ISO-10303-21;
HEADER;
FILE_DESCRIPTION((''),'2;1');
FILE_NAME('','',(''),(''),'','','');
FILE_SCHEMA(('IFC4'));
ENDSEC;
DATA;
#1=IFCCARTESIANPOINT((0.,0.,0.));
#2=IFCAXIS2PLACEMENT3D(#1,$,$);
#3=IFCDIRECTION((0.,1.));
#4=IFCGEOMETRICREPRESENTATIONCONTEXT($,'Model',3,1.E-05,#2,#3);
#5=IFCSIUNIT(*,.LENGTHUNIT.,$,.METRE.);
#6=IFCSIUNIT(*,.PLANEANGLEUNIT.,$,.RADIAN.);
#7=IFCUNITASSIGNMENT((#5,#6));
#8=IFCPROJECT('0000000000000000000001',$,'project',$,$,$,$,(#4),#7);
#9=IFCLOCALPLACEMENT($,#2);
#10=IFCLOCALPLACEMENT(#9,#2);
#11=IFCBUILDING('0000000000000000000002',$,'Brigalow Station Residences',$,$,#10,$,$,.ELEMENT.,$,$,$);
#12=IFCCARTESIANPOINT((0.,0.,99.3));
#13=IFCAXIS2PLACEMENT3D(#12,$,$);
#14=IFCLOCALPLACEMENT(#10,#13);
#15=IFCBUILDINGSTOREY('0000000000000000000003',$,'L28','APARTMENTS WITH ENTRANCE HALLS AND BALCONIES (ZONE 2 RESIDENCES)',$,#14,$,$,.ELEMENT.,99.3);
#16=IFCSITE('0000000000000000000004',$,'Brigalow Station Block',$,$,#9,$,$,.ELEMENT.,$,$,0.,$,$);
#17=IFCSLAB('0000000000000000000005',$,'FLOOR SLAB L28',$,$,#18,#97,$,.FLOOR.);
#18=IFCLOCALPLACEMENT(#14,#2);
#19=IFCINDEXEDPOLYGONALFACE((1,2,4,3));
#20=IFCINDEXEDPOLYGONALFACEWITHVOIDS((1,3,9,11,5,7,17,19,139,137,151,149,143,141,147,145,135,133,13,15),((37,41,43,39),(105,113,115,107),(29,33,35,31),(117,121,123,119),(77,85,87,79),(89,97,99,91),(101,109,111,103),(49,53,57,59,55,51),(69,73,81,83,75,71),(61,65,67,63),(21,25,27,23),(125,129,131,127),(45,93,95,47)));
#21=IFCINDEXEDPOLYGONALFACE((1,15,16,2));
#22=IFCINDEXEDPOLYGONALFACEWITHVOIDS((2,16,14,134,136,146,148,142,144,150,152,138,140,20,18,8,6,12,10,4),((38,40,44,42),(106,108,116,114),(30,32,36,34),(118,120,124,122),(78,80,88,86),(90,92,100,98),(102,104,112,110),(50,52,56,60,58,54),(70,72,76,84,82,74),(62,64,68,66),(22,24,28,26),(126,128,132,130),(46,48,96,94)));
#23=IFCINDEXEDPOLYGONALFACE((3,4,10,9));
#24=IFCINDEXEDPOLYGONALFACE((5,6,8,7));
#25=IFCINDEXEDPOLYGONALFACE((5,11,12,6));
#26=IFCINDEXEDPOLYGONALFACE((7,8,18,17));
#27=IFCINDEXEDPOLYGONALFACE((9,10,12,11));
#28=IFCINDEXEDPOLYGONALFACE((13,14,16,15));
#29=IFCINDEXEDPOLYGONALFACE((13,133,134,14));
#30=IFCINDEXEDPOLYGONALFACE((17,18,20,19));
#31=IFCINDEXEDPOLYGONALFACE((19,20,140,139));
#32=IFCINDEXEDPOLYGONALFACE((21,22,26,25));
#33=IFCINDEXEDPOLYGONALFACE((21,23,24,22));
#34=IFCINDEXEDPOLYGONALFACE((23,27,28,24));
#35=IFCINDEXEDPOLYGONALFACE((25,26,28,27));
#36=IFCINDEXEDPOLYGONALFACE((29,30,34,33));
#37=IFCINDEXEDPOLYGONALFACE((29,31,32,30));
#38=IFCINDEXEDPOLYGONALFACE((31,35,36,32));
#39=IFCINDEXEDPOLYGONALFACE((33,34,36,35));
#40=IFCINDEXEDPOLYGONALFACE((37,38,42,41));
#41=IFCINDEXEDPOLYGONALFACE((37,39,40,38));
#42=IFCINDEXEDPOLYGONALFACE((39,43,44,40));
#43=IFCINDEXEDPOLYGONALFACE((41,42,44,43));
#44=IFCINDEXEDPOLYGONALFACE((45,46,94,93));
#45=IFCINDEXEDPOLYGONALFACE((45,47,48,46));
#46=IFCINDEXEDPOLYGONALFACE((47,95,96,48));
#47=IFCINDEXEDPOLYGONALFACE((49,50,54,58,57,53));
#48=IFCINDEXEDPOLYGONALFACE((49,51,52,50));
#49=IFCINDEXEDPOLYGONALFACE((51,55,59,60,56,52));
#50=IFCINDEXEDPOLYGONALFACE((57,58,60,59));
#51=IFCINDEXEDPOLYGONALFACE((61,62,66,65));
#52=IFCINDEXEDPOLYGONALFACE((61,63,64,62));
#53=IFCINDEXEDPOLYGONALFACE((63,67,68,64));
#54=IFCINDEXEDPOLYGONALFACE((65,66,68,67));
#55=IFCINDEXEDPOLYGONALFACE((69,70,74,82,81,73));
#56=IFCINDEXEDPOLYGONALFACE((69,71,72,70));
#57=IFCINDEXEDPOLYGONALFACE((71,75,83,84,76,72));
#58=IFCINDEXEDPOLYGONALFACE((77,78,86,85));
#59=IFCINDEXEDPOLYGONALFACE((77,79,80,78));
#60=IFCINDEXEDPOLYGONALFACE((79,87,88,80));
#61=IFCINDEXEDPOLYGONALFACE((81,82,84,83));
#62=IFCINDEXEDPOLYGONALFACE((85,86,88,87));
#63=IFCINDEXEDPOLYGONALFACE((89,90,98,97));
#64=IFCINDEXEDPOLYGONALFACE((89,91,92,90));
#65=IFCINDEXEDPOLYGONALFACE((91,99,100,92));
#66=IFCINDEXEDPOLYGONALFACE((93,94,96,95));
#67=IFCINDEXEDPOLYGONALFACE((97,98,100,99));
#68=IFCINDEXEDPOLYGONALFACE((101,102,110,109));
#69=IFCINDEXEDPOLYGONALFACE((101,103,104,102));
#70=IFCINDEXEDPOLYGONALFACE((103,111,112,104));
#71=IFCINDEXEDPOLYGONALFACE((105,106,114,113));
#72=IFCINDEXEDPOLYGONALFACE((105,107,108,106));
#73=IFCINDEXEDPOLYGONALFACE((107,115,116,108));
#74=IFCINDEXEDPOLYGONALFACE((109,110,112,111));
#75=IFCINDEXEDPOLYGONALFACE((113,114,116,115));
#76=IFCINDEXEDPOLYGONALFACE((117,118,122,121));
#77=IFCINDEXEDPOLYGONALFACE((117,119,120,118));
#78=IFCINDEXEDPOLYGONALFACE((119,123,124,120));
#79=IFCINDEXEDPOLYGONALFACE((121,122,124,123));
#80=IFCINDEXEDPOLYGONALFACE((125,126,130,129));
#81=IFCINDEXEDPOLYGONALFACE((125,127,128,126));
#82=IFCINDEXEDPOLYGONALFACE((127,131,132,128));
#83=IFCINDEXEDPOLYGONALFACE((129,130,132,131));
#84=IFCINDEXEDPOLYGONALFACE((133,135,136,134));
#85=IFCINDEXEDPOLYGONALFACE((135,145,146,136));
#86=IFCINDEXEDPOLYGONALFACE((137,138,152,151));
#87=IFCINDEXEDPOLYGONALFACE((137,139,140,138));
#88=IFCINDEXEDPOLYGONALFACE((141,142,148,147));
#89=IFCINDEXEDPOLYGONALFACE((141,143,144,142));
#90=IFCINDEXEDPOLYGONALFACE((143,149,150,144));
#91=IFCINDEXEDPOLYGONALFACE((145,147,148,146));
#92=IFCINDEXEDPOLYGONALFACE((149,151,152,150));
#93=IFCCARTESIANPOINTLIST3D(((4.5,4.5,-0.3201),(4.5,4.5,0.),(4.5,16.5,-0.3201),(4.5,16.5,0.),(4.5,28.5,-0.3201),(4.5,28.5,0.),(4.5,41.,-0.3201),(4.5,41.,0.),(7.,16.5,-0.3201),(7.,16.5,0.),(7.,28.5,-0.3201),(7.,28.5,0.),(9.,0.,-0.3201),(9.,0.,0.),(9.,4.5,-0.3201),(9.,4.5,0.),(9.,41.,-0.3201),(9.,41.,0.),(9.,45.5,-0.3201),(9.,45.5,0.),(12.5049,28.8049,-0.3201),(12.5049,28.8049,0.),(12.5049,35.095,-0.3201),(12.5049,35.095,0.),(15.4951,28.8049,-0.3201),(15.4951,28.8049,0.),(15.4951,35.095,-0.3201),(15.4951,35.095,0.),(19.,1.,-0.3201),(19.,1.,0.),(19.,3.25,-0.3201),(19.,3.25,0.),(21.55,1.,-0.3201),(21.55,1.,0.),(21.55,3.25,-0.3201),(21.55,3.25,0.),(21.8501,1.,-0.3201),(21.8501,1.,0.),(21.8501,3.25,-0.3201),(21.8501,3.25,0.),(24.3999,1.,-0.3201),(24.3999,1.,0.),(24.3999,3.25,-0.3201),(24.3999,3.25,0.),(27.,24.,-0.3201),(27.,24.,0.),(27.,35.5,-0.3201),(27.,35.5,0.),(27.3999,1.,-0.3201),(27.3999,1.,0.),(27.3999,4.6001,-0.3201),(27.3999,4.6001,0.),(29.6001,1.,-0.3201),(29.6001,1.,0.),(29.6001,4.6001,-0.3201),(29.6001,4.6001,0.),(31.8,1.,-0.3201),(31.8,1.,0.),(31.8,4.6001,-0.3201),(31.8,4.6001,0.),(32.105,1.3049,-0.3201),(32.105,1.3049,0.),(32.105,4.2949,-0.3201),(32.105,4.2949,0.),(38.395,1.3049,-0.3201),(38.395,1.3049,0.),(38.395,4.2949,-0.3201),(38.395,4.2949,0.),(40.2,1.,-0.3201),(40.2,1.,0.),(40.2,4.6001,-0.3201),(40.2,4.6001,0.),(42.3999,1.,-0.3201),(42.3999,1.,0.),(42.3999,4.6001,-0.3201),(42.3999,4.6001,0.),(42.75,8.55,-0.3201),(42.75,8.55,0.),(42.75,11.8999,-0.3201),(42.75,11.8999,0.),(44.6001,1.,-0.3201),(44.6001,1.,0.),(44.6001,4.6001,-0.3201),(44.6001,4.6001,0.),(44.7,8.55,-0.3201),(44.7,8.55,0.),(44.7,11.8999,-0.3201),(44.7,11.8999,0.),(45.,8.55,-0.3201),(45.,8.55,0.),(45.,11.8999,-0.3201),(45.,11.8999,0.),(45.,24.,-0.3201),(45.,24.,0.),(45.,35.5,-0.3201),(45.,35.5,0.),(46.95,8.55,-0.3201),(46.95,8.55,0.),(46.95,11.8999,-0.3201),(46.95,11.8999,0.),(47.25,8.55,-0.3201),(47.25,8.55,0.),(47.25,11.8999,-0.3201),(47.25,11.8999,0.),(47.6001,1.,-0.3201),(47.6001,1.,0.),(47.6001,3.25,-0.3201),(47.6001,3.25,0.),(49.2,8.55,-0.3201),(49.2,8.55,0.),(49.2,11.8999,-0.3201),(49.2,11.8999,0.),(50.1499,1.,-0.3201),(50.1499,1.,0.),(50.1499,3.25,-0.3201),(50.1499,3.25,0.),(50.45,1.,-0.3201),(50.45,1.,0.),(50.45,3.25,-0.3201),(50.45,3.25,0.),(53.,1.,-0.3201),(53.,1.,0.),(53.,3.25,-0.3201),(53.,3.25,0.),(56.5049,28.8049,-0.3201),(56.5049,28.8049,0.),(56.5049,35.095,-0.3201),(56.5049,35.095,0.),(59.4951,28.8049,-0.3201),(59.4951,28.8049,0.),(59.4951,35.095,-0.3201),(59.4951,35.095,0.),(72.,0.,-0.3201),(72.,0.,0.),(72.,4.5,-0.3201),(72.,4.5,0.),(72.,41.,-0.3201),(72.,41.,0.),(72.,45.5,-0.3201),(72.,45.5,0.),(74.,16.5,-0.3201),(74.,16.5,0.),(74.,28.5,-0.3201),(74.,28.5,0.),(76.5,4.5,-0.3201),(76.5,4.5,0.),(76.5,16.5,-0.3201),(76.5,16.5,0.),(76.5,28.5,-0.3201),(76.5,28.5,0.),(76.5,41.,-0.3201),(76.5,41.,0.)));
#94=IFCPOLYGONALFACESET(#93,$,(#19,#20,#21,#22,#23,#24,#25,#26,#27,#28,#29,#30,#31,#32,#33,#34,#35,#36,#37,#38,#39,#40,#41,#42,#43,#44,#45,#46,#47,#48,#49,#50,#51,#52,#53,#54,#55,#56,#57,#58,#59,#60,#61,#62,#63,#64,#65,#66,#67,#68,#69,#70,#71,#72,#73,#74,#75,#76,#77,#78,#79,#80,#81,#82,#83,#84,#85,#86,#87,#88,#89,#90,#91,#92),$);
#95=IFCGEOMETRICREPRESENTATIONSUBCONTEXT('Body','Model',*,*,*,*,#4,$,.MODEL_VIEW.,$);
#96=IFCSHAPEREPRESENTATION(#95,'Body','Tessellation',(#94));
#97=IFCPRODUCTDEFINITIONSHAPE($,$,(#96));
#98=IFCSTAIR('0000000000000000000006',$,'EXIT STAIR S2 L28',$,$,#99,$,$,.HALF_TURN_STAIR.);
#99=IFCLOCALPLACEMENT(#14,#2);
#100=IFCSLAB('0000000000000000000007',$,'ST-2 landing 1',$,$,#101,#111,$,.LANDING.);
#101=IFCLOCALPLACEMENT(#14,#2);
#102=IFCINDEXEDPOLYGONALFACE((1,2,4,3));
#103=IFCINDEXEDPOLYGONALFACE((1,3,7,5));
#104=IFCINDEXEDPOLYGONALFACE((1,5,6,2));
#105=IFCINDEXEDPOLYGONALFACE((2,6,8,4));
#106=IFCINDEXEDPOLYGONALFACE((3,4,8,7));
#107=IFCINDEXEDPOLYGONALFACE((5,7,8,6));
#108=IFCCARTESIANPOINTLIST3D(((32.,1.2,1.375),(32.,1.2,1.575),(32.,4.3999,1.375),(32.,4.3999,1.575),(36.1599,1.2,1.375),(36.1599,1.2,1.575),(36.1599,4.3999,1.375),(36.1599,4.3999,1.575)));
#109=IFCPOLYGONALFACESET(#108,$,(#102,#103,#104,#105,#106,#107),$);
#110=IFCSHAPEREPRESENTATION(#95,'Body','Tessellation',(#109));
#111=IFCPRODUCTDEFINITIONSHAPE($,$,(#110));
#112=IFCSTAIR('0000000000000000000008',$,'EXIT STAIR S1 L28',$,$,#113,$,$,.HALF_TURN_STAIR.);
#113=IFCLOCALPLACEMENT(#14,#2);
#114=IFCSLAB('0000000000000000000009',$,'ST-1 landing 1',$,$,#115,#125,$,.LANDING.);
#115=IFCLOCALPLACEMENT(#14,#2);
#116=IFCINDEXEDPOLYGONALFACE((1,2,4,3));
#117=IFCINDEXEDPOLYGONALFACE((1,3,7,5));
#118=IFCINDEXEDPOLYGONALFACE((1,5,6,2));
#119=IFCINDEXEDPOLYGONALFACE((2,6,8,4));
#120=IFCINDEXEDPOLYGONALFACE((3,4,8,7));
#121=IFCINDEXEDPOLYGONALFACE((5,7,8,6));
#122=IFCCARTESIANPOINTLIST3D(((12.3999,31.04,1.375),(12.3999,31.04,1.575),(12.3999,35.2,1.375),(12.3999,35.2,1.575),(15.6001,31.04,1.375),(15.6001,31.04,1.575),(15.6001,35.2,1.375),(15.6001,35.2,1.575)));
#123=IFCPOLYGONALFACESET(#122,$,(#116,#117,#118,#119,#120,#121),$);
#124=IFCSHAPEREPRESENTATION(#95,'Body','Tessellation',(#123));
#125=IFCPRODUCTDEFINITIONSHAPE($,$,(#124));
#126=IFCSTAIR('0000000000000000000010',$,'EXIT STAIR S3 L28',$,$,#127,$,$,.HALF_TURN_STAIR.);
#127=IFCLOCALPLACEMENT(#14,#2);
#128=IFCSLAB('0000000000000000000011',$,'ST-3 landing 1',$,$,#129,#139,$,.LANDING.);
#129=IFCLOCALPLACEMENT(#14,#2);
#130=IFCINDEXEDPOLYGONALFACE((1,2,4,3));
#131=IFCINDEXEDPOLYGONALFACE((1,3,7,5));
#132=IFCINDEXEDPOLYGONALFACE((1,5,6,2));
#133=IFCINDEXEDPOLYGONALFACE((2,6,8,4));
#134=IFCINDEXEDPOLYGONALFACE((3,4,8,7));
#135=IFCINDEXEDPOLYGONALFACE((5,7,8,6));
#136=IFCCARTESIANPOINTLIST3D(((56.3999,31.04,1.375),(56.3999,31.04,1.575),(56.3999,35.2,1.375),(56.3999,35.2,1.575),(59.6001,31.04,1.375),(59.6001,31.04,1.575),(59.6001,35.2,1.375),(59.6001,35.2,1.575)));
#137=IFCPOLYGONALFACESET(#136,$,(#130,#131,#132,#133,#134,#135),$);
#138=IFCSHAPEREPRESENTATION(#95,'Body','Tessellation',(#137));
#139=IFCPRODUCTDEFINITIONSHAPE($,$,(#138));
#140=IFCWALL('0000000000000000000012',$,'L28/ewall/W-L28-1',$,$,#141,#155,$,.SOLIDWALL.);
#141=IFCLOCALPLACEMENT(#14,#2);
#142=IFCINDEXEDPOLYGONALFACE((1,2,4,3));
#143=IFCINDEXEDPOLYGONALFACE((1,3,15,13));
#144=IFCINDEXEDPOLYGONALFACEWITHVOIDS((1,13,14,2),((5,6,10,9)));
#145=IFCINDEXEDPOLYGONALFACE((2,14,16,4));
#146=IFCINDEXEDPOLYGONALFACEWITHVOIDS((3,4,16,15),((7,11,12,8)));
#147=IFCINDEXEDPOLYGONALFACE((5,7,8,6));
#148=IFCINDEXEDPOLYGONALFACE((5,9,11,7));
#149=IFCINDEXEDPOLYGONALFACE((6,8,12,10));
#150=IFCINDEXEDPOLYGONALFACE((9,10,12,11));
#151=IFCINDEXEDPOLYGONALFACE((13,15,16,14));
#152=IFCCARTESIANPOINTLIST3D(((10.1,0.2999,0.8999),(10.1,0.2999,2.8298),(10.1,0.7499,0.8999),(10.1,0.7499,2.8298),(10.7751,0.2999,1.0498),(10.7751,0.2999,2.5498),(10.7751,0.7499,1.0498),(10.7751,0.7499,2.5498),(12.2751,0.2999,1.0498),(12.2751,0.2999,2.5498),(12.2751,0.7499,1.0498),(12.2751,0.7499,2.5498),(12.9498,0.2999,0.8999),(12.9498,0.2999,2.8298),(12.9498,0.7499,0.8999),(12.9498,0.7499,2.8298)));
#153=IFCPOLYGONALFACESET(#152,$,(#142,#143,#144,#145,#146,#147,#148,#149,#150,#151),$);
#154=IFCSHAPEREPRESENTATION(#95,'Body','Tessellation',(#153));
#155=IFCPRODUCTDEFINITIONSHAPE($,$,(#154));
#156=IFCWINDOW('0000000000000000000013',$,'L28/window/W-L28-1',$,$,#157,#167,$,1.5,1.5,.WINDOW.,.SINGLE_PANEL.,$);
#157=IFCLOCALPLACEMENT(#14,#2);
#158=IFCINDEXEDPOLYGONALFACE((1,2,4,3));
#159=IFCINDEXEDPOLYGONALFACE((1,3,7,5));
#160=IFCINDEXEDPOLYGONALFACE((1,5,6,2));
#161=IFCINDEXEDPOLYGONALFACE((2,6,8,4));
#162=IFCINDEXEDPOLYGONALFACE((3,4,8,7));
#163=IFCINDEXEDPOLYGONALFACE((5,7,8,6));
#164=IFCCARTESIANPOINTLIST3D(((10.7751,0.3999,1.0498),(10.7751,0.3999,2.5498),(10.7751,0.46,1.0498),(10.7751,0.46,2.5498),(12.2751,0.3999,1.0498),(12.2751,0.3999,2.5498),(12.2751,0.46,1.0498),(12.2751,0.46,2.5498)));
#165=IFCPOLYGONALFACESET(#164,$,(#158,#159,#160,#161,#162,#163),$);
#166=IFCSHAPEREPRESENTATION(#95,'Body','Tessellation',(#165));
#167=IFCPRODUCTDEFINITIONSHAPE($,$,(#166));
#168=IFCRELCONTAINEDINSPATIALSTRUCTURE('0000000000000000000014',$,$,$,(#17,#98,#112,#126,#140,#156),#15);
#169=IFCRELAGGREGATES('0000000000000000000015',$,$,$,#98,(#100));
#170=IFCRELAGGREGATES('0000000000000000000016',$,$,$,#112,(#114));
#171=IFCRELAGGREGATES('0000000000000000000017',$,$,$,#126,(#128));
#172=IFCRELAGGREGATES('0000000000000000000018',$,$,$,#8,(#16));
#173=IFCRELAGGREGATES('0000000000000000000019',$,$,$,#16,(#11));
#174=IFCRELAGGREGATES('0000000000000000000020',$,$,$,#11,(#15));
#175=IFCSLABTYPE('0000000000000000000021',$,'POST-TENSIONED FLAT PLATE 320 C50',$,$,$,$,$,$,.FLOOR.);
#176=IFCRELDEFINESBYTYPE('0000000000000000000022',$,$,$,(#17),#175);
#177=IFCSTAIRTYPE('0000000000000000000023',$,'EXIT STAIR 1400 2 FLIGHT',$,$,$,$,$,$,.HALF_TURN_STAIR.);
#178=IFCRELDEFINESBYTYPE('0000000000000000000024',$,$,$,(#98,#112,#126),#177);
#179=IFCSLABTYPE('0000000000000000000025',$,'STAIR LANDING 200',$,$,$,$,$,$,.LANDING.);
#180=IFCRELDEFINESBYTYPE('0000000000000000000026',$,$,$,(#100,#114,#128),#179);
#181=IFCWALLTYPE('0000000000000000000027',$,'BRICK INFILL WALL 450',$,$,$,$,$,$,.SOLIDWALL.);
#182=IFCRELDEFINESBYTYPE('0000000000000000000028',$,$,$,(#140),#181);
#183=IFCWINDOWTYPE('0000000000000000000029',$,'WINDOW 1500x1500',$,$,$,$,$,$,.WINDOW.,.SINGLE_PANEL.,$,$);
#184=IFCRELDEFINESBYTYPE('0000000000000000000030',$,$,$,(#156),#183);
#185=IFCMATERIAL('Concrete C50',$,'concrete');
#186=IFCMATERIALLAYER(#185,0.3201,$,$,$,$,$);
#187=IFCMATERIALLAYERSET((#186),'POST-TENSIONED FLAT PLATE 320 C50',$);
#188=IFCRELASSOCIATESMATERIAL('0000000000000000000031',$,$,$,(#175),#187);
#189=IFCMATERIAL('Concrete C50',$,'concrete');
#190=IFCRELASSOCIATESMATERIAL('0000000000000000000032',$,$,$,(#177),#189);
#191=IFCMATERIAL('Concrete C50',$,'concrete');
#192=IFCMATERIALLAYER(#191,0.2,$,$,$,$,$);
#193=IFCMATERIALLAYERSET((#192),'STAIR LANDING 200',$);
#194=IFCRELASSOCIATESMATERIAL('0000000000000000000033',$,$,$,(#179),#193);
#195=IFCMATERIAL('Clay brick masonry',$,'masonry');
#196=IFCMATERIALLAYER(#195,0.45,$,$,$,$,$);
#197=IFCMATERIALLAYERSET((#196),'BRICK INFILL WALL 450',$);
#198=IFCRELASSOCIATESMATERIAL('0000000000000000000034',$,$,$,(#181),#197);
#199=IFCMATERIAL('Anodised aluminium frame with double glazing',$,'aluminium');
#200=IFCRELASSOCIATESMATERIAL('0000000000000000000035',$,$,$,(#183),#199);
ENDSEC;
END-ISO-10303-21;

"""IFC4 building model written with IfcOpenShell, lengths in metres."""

from ifc_helpers import new_model, si_unit, direction, frame, frame_2d, origin, place, context, subcontext, project, spatial, polyline, rectangle, outline, extrude, material, layer, layer_set, type_object, element, fill, aggregate, save


model = new_model("IFC4")

# Units and contexts
model_context = context("Model", 3, precision=1e-05, world=origin(), true_north=direction((0.0, 1.0)))
body_context = subcontext(model_context, "Body", "Model", "MODEL_VIEW")
ifc_project = project(units=[si_unit("LENGTHUNIT", "METRE"), si_unit("PLANEANGLEUNIT", "RADIAN")], contexts=[model_context])

# Site, building, storey
site_placement = place(None, origin())
site = spatial("IfcSite", under=ifc_project, at=site_placement, Name="Brigalow Station Block", CompositionType="ELEMENT", RefElevation=0.0)
building_placement = place(site_placement, origin())
building = spatial("IfcBuilding", under=site, at=building_placement, Name="Brigalow Station Residences", CompositionType="ELEMENT")
storey_placement = place(building_placement, frame((0.0, 0.0, 99.3)))
storey = spatial("IfcBuildingStorey", under=building, at=storey_placement, Name="L28", Description="APARTMENTS WITH ENTRANCE HALLS AND BALCONIES (ZONE 2 RESIDENCES)", CompositionType="ELEMENT", Elevation=99.3)

# Slab
ifc_material_1 = material(Name="Concrete C50", Category="concrete")
ifc_layer_1 = layer(ifc_material_1, 0.3201)
ifc_layer_set_1 = layer_set([ifc_layer_1], Name="POST-TENSIONED FLAT PLATE 320 C50")
slab_type_1 = type_object("IfcSlabType", Name="POST-TENSIONED FLAT PLATE 320 C50", PredefinedType="FLOOR", material=ifc_layer_set_1)
slab_1_placement = place(storey_placement, frame((0.0, 0.0, -0.3201)))
element("IfcSlab", 1, at=slab_1_placement, inside=storey, type_object=slab_type_1, Name="FLOOR SLAB L28", PredefinedType="FLOOR", context=body_context, shape_type="SweptSolid", body=[
    extrude(outline(polyline([(9.0, 0.0), (72.0, 0.0), (72.0, 4.5), (76.5, 4.5), (76.5, 16.5), (74.0, 16.5), (74.0, 28.5), (76.5, 28.5), (76.5, 41.0), (72.0, 41.0), (72.0, 45.5), (9.0, 45.5), (9.0, 41.0), (4.5, 41.0), (4.5, 28.5), (7.0, 28.5), (7.0, 16.5), (4.5, 16.5), (4.5, 4.5), (9.0, 4.5), (9.0, 0.0)]), holes=[polyline([(12.5049, 35.095), (15.4951, 35.095), (15.4951, 28.8049), (12.5049, 28.8049), (12.5049, 35.095)]), polyline([(19.0, 1.0), (19.0, 3.25), (21.55, 3.25), (21.55, 1.0), (19.0, 1.0)]), polyline([(21.8501, 3.25), (24.3999, 3.25), (24.3999, 1.0), (21.8501, 1.0), (21.8501, 3.25)]), polyline([(27.0, 35.5), (45.0, 35.5), (45.0, 24.0), (27.0, 24.0), (27.0, 35.5)]), polyline([(29.6001, 4.6001), (31.8, 4.6001), (31.8, 1.0), (29.6001, 1.0), (27.3999, 1.0), (27.3999, 4.6001), (29.6001, 4.6001)]), polyline([(32.105, 4.2949), (38.395, 4.2949), (38.395, 1.3049), (32.105, 1.3049), (32.105, 4.2949)]), polyline([(40.2, 4.6001), (42.3999, 4.6001), (44.6001, 4.6001), (44.6001, 1.0), (42.3999, 1.0), (40.2, 1.0), (40.2, 4.6001)]), polyline([(42.75, 11.8999), (44.7, 11.8999), (44.7, 8.55), (42.75, 8.55), (42.75, 11.8999)]), polyline([(45.0, 11.8999), (46.95, 11.8999), (46.95, 8.55), (45.0, 8.55), (45.0, 11.8999)]), polyline([(47.25, 11.8999), (49.2, 11.8999), (49.2, 8.55), (47.25, 8.55), (47.25, 11.8999)]), polyline([(47.6001, 3.25), (50.1499, 3.25), (50.1499, 1.0), (47.6001, 1.0), (47.6001, 3.25)]), polyline([(50.45, 3.25), (53.0, 3.25), (53.0, 1.0), (50.45, 1.0), (50.45, 3.25)]), polyline([(56.5049, 35.095), (59.4951, 35.095), (59.4951, 28.8049), (56.5049, 28.8049), (56.5049, 35.095)])]), origin(), (0.0, 0.0, 1.0), 0.3201),
])

# Stairs, slabs
ifc_material_2 = material(Name="Concrete C50", Category="concrete")
stair_type = type_object("IfcStairType", Name="EXIT STAIR 1400 2 FLIGHT", PredefinedType="HALF_TURN_STAIR", material=ifc_material_2)
stair_1_placement = place(storey_placement, origin())
stair_1 = element("IfcStair", 2, at=stair_1_placement, inside=storey, type_object=stair_type, Name="EXIT STAIR S2 L28", PredefinedType="HALF_TURN_STAIR")
ifc_material_3 = material(Name="Concrete C50", Category="concrete")
ifc_layer_2 = layer(ifc_material_3, 0.2)
ifc_layer_set_2 = layer_set([ifc_layer_2], Name="STAIR LANDING 200")
slab_type_2 = type_object("IfcSlabType", Name="STAIR LANDING 200", PredefinedType="LANDING", material=ifc_layer_set_2)
slab_2_placement = place(storey_placement, frame((0.0, 0.0, 1.375)))
slab_2 = element("IfcSlab", 3, at=slab_2_placement, type_object=slab_type_2, Name="ST-2 landing 1", PredefinedType="LANDING", context=body_context, shape_type="SweptSolid", body=[
    extrude(outline(polyline([(32.0, 1.2), (36.1599, 1.2), (36.1599, 4.3999), (32.0, 4.3999), (32.0, 1.2)])), origin(), (0.0, 0.0, 1.0), 0.2),
])
aggregate(stair_1, [slab_2])
stair_2_placement = place(storey_placement, origin())
stair_2 = element("IfcStair", 4, at=stair_2_placement, inside=storey, type_object=stair_type, Name="EXIT STAIR S1 L28", PredefinedType="HALF_TURN_STAIR")
slab_3_placement = place(storey_placement, frame((0.0, 0.0, 1.375)))
slab_3 = element("IfcSlab", 5, at=slab_3_placement, type_object=slab_type_2, Name="ST-1 landing 1", PredefinedType="LANDING", context=body_context, shape_type="SweptSolid", body=[
    extrude(outline(polyline([(12.3999, 31.04), (15.6001, 31.04), (15.6001, 35.2), (12.3999, 35.2), (12.3999, 31.04)])), origin(), (0.0, 0.0, 1.0), 0.2),
])
aggregate(stair_2, [slab_3])
stair_3_placement = place(storey_placement, origin())
stair_3 = element("IfcStair", 6, at=stair_3_placement, inside=storey, type_object=stair_type, Name="EXIT STAIR S3 L28", PredefinedType="HALF_TURN_STAIR")
slab_4_placement = place(storey_placement, frame((0.0, 0.0, 1.375)))
slab_4 = element("IfcSlab", 7, at=slab_4_placement, type_object=slab_type_2, Name="ST-3 landing 1", PredefinedType="LANDING", context=body_context, shape_type="SweptSolid", body=[
    extrude(outline(polyline([(56.3999, 31.04), (59.6001, 31.04), (59.6001, 35.2), (56.3999, 35.2), (56.3999, 31.04)])), origin(), (0.0, 0.0, 1.0), 0.2),
])
aggregate(stair_3, [slab_4])

# Wall, opening, window
ifc_material_4 = material(Name="Clay brick masonry", Category="masonry")
ifc_layer_3 = layer(ifc_material_4, 0.45)
ifc_layer_set_3 = layer_set([ifc_layer_3], Name="BRICK INFILL WALL 450")
wall_type_1 = type_object("IfcWallType", Name="BRICK INFILL WALL 450", PredefinedType="SOLIDWALL", material=ifc_layer_set_3)
wall_1_placement = place(storey_placement, frame((10.1001, 0.5249, 0.8999), z_axis=(0.0, 0.0, 1.0), x_axis=(1.0, 0.0, 0.0)))
wall_1 = element("IfcWall", 8, at=wall_1_placement, inside=storey, type_object=wall_type_1, Name="L28/ewall/W-L28-1", PredefinedType="SOLIDWALL", context=body_context, shape_type="SweptSolid", body=[
    extrude(rectangle(XDim=2.8499, YDim=0.45, at=frame_2d((1.4248, 0.0))), origin(), (0.0, 0.0, 1.0), 1.9299),
])
opening_1_placement = place(wall_1_placement, frame((0.675, 0.0, 0.1499)))
opening_1 = element("IfcOpeningElement", 9, at=opening_1_placement, cuts=wall_1, PredefinedType="OPENING", context=body_context, shape_type="SweptSolid", body=[
    extrude(rectangle(XDim=1.5, YDim=1.5, at=frame_2d((0.75, 0.75))), frame((0.0, 0.2349, 0.0), z_axis=(0.0, -1.0, 0.0), x_axis=(1.0, 0.0, 0.0)), (0.0, 0.0, 1.0), 0.47),
])
ifc_material_5 = material(Name="Anodised aluminium frame with double glazing", Category="aluminium")
window_type_1 = type_object("IfcWindowType", Name="WINDOW 1500x1500", PartitioningType="SINGLE_PANEL", PredefinedType="WINDOW", material=ifc_material_5)
window_1_placement = place(opening_1_placement, origin())
window_1 = element("IfcWindow", 10, at=window_1_placement, inside=storey, type_object=window_type_1, Name="L28/window/W-L28-1", OverallHeight=1.5, OverallWidth=1.5, PartitioningType="SINGLE_PANEL", PredefinedType="WINDOW", context=body_context, shape_type="SweptSolid", body=[
    extrude(rectangle(XDim=1.5, YDim=1.5, at=frame_2d((0.75, 0.75))), frame((0.0, -0.0649, 0.0), z_axis=(0.0, -1.0, 0.0), x_axis=(1.0, 0.0, 0.0)), (0.0, 0.0, 1.0), 0.0601),
])
fill(opening_1, window_1)

save(model, "model.ifc")
